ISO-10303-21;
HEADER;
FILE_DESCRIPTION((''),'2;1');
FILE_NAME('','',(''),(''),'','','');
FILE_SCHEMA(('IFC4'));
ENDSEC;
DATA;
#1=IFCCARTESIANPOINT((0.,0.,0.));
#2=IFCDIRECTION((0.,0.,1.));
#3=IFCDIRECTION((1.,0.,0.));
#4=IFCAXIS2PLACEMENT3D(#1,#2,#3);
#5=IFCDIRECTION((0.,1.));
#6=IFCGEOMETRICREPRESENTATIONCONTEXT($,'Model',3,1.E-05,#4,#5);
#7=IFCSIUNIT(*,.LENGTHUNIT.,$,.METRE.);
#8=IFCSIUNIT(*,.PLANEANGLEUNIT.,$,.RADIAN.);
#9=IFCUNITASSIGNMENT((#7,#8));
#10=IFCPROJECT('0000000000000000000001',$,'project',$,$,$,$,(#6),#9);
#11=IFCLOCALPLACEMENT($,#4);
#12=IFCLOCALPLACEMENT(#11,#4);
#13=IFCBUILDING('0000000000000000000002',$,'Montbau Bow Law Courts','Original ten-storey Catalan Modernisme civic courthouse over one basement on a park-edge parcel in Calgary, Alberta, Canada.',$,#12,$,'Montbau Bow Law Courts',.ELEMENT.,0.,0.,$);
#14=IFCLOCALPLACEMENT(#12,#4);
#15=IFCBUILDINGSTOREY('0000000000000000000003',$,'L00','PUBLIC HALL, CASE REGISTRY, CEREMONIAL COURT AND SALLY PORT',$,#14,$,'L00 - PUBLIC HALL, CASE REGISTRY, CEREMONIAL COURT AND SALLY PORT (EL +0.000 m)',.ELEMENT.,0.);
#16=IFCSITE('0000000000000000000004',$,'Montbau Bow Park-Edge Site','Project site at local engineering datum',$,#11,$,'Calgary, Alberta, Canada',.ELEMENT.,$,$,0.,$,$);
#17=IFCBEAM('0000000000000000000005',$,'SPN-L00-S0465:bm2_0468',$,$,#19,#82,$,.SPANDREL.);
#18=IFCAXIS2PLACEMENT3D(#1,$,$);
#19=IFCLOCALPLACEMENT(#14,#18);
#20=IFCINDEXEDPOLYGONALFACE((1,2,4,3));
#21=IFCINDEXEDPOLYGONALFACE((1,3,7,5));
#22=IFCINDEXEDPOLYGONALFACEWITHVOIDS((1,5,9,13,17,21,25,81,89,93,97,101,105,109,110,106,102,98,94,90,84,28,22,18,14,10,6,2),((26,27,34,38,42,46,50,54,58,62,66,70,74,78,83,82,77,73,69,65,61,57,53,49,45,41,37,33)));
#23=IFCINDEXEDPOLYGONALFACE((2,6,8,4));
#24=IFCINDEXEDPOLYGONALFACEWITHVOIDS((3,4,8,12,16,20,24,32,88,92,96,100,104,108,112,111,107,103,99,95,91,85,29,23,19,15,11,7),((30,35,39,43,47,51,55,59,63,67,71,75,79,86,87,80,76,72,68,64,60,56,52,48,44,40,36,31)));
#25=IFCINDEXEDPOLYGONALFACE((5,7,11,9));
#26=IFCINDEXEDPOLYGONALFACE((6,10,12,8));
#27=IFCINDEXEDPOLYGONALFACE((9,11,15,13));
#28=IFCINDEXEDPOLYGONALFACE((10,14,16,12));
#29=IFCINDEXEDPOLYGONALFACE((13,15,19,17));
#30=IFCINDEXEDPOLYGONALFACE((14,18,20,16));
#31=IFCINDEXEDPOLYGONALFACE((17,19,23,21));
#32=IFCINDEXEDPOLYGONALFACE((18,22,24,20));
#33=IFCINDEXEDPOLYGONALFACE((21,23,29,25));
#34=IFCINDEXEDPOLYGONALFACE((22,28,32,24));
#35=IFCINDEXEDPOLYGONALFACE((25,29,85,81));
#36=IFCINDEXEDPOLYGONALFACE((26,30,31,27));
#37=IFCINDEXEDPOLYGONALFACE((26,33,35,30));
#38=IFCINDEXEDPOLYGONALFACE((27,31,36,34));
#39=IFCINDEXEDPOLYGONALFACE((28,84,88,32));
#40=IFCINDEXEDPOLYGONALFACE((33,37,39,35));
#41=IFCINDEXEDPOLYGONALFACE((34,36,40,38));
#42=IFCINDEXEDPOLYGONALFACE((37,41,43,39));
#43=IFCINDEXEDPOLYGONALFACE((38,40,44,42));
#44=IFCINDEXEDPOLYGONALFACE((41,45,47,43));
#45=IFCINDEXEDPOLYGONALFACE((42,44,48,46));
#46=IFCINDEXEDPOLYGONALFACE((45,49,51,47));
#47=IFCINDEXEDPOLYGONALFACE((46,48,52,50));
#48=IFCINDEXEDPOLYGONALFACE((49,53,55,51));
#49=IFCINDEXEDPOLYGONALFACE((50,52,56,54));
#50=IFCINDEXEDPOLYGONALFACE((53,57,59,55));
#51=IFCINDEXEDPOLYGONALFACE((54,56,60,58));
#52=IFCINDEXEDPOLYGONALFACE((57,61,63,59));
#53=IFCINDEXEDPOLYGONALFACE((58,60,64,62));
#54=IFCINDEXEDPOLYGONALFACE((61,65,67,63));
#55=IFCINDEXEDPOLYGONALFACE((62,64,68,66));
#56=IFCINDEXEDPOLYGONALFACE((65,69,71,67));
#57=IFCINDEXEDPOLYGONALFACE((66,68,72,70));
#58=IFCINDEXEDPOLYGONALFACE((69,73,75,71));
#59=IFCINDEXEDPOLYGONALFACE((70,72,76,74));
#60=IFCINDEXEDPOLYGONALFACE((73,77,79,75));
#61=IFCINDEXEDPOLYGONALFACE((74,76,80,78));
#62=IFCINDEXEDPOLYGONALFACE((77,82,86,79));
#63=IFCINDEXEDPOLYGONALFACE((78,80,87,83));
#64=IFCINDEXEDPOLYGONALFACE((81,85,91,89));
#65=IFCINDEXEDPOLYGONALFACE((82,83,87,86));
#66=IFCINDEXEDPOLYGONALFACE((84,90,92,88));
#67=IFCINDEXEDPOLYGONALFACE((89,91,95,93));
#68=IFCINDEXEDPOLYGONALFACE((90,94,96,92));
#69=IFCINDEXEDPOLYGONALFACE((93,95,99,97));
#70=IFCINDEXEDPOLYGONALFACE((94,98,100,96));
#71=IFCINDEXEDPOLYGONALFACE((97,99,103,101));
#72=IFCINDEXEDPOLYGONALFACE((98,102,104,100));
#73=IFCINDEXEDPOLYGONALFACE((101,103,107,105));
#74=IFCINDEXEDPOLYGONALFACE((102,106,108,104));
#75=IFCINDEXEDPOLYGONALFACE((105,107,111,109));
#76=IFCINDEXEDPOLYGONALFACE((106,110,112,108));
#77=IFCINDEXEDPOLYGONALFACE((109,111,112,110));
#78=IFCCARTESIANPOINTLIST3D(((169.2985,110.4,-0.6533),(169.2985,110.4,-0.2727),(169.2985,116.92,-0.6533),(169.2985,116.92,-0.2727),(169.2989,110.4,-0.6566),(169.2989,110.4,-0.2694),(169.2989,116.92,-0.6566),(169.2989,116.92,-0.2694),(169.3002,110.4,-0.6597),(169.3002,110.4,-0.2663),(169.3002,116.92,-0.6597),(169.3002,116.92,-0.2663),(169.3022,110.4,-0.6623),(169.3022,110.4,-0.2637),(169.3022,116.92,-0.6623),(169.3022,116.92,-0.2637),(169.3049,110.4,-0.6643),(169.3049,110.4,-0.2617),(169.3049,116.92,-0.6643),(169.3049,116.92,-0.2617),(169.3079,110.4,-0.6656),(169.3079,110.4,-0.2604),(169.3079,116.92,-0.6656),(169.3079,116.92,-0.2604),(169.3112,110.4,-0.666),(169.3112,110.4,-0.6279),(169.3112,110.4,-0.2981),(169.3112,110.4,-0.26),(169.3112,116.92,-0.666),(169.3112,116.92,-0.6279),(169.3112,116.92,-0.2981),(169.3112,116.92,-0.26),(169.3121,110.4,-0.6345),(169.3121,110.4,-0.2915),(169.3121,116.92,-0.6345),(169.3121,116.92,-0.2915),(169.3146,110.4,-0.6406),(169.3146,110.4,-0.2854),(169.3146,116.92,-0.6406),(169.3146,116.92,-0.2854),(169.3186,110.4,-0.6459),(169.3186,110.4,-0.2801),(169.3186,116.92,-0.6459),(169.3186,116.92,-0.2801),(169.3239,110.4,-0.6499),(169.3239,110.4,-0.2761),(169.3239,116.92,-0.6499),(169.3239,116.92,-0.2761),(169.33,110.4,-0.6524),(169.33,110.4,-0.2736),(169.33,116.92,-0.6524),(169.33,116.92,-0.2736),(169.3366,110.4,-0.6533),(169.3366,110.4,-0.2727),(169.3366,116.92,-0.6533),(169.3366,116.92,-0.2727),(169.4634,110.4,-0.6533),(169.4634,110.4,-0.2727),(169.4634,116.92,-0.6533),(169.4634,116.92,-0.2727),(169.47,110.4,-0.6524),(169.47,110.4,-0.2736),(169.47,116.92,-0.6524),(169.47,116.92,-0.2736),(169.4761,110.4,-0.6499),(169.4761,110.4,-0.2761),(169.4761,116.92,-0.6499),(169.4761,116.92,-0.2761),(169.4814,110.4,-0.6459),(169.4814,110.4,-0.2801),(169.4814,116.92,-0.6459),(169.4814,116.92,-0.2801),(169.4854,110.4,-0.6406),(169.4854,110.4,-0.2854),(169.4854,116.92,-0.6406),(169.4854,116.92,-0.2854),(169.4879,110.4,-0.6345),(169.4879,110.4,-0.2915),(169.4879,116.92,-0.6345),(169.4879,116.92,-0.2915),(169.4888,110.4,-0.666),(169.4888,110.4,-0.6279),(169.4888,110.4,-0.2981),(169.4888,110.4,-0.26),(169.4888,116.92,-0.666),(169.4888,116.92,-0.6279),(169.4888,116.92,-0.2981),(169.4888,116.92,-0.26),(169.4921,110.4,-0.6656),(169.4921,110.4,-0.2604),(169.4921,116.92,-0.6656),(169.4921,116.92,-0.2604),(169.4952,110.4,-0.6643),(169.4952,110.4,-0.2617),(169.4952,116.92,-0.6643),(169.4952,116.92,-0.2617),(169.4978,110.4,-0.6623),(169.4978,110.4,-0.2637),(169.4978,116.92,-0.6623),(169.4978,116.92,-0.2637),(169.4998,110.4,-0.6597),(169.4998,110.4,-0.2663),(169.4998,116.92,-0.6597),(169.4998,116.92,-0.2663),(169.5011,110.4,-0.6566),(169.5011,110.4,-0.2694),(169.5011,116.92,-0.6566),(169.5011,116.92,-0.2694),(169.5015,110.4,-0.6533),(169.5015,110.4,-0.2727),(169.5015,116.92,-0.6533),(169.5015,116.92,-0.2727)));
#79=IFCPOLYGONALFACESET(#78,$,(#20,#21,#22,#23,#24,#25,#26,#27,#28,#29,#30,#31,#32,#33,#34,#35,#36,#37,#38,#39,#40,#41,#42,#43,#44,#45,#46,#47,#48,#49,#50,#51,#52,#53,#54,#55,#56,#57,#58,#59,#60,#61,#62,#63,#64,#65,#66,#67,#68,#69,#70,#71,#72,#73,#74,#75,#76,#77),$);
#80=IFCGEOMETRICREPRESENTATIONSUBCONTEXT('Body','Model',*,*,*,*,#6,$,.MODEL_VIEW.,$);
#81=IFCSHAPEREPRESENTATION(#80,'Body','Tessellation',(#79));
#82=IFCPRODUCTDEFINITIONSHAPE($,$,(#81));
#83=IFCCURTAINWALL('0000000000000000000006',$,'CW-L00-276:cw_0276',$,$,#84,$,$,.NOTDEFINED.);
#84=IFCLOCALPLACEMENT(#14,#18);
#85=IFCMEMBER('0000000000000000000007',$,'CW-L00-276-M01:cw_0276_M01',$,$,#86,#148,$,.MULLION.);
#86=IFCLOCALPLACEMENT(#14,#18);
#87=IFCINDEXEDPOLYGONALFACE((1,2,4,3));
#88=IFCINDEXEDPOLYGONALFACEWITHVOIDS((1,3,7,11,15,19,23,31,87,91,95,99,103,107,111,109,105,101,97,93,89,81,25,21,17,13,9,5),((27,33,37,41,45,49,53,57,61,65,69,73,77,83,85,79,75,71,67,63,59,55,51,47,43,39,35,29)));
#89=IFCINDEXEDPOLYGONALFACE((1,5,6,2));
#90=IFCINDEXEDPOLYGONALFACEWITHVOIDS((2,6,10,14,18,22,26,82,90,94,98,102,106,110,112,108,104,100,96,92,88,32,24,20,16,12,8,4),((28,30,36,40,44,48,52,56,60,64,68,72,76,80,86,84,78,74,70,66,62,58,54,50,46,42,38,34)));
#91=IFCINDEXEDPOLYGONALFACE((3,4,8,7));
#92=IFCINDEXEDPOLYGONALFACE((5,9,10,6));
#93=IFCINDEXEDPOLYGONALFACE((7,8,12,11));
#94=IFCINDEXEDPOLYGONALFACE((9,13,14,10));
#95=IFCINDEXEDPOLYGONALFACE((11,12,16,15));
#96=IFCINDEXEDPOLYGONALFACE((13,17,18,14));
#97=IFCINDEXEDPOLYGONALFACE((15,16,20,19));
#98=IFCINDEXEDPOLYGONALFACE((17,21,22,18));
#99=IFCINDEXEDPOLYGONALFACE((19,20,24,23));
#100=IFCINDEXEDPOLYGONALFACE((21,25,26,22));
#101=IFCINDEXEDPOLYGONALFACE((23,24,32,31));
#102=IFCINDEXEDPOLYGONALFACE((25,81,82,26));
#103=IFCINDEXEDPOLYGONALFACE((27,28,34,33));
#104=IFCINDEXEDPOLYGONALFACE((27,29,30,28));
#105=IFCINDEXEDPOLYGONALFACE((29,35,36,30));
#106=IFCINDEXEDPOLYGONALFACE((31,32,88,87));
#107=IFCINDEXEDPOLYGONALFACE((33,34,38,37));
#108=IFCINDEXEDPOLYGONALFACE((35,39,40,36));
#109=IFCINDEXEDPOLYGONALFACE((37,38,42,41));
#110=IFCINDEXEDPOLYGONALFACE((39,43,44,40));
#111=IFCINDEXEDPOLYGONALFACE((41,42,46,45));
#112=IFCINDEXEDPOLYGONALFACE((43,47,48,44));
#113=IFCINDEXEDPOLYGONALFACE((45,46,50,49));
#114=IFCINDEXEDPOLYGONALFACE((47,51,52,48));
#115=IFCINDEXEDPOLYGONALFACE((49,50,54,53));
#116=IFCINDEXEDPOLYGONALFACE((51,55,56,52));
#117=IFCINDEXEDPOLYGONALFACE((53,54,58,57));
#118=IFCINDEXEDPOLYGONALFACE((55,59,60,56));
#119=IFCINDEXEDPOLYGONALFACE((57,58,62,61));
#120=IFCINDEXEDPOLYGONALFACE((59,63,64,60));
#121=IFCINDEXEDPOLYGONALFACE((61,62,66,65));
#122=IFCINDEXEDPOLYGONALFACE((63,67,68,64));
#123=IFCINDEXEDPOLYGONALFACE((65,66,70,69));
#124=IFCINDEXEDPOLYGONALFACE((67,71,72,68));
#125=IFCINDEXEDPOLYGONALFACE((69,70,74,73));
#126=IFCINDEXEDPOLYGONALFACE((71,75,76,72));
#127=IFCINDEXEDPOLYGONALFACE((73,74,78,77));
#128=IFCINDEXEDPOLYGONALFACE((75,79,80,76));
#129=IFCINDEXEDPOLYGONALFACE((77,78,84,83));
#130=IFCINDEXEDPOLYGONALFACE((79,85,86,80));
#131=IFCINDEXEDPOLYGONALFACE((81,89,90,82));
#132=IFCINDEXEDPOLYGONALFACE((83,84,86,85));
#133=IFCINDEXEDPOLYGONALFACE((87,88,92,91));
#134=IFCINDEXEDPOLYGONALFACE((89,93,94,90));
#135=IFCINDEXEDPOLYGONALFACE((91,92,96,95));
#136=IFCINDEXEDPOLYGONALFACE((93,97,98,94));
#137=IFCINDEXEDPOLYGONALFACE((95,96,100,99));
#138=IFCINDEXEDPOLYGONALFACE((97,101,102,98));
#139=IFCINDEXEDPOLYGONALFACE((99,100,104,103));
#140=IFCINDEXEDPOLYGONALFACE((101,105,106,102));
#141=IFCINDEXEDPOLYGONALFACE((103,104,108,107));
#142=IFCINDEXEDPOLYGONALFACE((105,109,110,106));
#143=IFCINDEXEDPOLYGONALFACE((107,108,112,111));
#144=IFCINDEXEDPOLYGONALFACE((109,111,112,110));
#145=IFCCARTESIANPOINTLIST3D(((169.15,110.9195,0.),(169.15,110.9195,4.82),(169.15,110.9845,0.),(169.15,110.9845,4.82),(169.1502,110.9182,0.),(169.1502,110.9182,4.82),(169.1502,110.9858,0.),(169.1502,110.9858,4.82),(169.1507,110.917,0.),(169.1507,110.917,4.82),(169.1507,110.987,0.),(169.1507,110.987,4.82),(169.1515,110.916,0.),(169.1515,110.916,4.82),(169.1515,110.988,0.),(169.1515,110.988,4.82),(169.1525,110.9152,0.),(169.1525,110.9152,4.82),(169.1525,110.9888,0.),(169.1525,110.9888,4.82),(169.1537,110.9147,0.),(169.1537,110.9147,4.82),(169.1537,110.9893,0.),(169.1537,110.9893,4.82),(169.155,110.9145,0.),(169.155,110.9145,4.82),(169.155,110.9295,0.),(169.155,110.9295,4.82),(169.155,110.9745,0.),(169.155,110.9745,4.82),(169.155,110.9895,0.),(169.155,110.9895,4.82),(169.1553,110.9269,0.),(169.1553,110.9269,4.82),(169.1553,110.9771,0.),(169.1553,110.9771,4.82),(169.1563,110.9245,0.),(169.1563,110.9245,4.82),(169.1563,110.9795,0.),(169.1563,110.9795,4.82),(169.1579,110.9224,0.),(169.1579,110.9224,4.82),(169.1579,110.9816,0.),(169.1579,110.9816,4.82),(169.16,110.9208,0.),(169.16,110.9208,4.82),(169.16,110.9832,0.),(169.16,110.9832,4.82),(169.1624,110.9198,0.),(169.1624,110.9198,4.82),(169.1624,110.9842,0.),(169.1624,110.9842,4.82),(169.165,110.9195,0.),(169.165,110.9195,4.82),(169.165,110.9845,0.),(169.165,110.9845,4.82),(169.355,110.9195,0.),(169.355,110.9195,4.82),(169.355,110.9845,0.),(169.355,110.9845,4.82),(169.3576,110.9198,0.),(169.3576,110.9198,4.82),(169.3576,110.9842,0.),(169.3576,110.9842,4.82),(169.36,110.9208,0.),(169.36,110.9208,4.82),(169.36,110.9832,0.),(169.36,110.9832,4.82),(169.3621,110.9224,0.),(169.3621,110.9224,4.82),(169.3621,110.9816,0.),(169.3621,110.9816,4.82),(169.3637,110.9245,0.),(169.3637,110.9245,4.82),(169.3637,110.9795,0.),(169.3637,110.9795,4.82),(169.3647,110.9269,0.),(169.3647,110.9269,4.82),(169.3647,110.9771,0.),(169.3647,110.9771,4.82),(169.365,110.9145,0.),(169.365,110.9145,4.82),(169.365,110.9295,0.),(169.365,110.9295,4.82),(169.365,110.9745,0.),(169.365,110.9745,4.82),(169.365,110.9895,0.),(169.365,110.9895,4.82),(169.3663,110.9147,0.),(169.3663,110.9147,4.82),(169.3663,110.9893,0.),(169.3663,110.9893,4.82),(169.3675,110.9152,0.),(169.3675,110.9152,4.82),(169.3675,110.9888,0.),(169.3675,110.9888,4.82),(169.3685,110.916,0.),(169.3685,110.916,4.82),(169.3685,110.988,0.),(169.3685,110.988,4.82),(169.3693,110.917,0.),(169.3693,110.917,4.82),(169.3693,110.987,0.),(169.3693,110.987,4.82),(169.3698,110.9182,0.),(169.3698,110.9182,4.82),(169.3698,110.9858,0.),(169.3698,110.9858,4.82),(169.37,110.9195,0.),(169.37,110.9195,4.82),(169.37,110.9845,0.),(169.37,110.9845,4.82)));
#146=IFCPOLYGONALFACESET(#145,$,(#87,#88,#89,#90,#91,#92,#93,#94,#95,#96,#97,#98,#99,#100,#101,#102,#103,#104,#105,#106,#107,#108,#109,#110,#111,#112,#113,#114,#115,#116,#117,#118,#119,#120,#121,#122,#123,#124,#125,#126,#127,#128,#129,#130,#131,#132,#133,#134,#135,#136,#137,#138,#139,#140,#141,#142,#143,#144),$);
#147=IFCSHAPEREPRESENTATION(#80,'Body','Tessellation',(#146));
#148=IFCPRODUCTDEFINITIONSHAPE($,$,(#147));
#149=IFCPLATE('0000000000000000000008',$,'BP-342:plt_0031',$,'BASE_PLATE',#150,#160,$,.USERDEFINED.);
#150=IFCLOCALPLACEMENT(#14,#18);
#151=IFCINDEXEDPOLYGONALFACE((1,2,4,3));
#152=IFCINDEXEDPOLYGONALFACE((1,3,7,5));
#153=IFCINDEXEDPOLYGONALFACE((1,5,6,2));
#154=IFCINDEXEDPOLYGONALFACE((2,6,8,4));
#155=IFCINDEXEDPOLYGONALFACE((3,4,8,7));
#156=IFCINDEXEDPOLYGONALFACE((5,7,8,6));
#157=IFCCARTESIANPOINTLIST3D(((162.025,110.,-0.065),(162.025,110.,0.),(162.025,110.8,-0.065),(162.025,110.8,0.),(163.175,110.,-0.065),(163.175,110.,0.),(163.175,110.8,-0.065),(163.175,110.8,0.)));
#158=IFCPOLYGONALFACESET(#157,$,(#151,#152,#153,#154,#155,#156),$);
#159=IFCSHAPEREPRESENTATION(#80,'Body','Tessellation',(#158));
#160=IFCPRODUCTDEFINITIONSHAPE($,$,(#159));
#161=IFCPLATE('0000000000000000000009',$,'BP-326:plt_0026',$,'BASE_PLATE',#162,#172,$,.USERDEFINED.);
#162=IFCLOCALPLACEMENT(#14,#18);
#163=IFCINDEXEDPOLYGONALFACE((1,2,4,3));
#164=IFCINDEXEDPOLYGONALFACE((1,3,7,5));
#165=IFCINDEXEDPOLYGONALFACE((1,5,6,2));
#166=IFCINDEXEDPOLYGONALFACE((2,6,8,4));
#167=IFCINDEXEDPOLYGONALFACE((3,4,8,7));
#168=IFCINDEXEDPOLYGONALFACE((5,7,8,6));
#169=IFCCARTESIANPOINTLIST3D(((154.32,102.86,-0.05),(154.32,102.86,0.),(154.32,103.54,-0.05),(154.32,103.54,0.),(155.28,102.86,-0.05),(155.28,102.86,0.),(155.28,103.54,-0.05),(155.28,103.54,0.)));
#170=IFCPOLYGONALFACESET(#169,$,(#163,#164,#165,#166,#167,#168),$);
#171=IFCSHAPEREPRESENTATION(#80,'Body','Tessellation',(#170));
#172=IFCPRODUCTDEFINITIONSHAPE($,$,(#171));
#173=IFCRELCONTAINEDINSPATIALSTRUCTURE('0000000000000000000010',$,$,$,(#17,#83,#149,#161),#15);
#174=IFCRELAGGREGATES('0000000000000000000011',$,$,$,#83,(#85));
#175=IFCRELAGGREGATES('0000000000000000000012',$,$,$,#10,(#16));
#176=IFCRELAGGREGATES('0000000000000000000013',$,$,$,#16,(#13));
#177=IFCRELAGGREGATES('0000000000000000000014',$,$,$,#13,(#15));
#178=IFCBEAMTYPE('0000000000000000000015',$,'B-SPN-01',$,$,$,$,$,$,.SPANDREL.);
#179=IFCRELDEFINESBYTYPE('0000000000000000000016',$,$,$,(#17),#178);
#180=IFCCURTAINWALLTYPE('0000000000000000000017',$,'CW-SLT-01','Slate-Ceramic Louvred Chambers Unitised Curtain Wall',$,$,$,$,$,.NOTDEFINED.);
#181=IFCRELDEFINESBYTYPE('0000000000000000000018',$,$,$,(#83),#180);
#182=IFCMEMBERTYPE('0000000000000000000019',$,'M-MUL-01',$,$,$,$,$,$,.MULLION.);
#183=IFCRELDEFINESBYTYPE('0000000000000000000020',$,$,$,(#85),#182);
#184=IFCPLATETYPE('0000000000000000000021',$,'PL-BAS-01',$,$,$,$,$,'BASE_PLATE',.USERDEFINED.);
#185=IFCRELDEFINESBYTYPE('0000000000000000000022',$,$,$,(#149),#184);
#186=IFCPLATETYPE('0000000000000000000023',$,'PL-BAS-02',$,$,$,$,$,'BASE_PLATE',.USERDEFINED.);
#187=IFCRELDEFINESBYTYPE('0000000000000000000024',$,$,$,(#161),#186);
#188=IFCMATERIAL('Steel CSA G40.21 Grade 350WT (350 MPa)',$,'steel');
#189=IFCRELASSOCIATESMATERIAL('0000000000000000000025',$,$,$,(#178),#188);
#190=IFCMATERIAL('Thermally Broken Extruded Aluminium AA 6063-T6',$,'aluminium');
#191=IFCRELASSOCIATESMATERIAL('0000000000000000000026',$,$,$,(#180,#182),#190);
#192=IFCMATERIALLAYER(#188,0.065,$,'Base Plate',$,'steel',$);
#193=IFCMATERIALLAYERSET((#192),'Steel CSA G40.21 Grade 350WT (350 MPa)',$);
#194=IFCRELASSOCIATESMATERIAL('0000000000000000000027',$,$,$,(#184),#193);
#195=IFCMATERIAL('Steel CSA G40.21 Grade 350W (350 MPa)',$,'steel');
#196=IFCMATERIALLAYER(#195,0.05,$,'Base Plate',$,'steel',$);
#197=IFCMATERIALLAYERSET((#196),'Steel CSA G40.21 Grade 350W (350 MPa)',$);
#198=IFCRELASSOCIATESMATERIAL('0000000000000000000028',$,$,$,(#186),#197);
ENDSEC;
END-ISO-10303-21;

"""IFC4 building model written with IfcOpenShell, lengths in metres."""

from ifc_helpers import new_model, si_unit, direction, frame, origin_with_axes, origin_2d_with_axis, place, context, subcontext, project, spatial, rectangle, hollow_rectangle, extrude, material, layer, layer_set, material_profile, profile_set, type_object, element, aggregate, save


model = new_model("IFC4")

# Units and contexts
model_context = context("Model", 3, precision=1e-05, world=origin_with_axes(), true_north=direction((0.0, 1.0)))
body_context = subcontext(model_context, "Body", "Model", "MODEL_VIEW")
ifc_project = project(units=[si_unit("LENGTHUNIT", "METRE"), si_unit("PLANEANGLEUNIT", "RADIAN")], contexts=[model_context])

# Site, building, storey
site_placement = place(None, origin_with_axes())
site = spatial("IfcSite", under=ifc_project, at=site_placement, Name="Montbau Bow Park-Edge Site", Description="Project site at local engineering datum", LongName="Calgary, Alberta, Canada", CompositionType="ELEMENT", RefElevation=0.0)
building_placement = place(site_placement, origin_with_axes())
building = spatial("IfcBuilding", under=site, at=building_placement, Name="Montbau Bow Law Courts", Description="Original ten-storey Catalan Modernisme civic courthouse over one basement on a park-edge parcel in Calgary, Alberta, Canada.", LongName="Montbau Bow Law Courts", CompositionType="ELEMENT", ElevationOfRefHeight=0.0, ElevationOfTerrain=0.0)
storey_placement = place(building_placement, origin_with_axes())
storey = spatial("IfcBuildingStorey", under=building, at=storey_placement, Name="L00", Description="PUBLIC HALL, CASE REGISTRY, CEREMONIAL COURT AND SALLY PORT", LongName="L00 - PUBLIC HALL, CASE REGISTRY, CEREMONIAL COURT AND SALLY PORT (EL +0.000 m)", CompositionType="ELEMENT", Elevation=0.0)

# Shared definitions
ifc_material_1 = material(Name="Steel CSA G40.21 Grade 350W (350 MPa)", Category="steel")

# Beam
ifc_material_2 = material(Name="Steel CSA G40.21 Grade 350WT (350 MPa)", Category="steel")
ifc_material_profile_1 = material_profile(ifc_material_2, hollow_rectangle(XDim=0.203, YDim=0.406, WallThickness=0.0127, InnerFilletRadius=0.0254, OuterFilletRadius=0.0127, at=origin_2d_with_axis()), Name="HSS406X203X13", Category="Main", Priority=0)
ifc_profile_set_1 = profile_set([ifc_material_profile_1], Name="Steel CSA G40.21 Grade 350WT (350 MPa)")
beam_type_1 = type_object("IfcBeamType", Name="B-SPN-01", PredefinedType="SPANDREL", material=ifc_profile_set_1)
beam_1_placement = place(None, frame((169.4, 110.4, -0.463), z_axis=(0.0, 1.0, 0.0), x_axis=(-1.0, 0.0, 0.0)))
element("IfcBeam", 1, at=beam_1_placement, inside=storey, type_object=beam_type_1, Name="SPN-L00-S0465:bm2_0468", PredefinedType="SPANDREL", context=body_context, shape_type="SweptSolid", body=[
    extrude(hollow_rectangle(XDim=0.203, YDim=0.406, WallThickness=0.0127, InnerFilletRadius=0.0254, OuterFilletRadius=0.0127, at=origin_2d_with_axis()), origin_with_axes(), (0.0, 0.0, 1.0), 6.52),
])

# Curtain wall, member
ifc_material_3 = material(Name="Thermally Broken Extruded Aluminium AA 6063-T6", Category="aluminium")
curtain_wall_type = type_object("IfcCurtainWallType", Name="CW-SLT-01", Description="Slate-Ceramic Louvred Chambers Unitised Curtain Wall", PredefinedType="NOTDEFINED", material=ifc_material_3)
curtain_wall_placement = place(None, frame((169.26, 110.915, 0.0), z_axis=(0.0, 0.0, 1.0), x_axis=(1.0, 0.0, 0.0)))
curtain_wall = element("IfcCurtainWall", 2, at=curtain_wall_placement, inside=storey, type_object=curtain_wall_type, Name="CW-L00-276:cw_0276", PredefinedType="NOTDEFINED")
ifc_material_profile_2 = material_profile(ifc_material_3, hollow_rectangle(XDim=0.075, YDim=0.22, WallThickness=0.005, InnerFilletRadius=0.01, OuterFilletRadius=0.005, at=origin_2d_with_axis()), Name="CWM-220X75", Category="Main", Priority=0)
ifc_profile_set_2 = profile_set([ifc_material_profile_2], Name="Thermally Broken Extruded Aluminium AA 6063-T6")
member_type = type_object("IfcMemberType", Name="M-MUL-01", PredefinedType="MULLION", material=ifc_profile_set_2)
member_placement = place(None, frame((169.26, 110.952, 0.0), z_axis=(0.0, 0.0, 1.0), x_axis=(0.0, 1.0, 0.0)))
member = element("IfcMember", 3, at=member_placement, type_object=member_type, Name="CW-L00-276-M01:cw_0276_M01", PredefinedType="MULLION", context=body_context, shape_type="SweptSolid", body=[
    extrude(hollow_rectangle(XDim=0.075, YDim=0.22, WallThickness=0.005, InnerFilletRadius=0.01, OuterFilletRadius=0.005, at=origin_2d_with_axis()), origin_with_axes(), (0.0, 0.0, 1.0), 4.82),
])
aggregate(curtain_wall, [member])

# Plates
ifc_layer_1 = layer(ifc_material_2, 0.065, Name="Base Plate", Category="steel")
ifc_layer_set_1 = layer_set([ifc_layer_1], Name="Steel CSA G40.21 Grade 350WT (350 MPa)")
plate_type_1 = type_object("IfcPlateType", Name="PL-BAS-01", ElementType="BASE_PLATE", PredefinedType="USERDEFINED", material=ifc_layer_set_1)
plate_1_placement = place(None, frame((162.6, 110.4, -0.065), z_axis=(0.0, 0.0, 1.0), x_axis=(1.0, 0.0, 0.0)))
element("IfcPlate", 4, at=plate_1_placement, inside=storey, type_object=plate_type_1, Name="BP-342:plt_0031", ObjectType="BASE_PLATE", PredefinedType="USERDEFINED", context=body_context, shape_type="SweptSolid", body=[
    extrude(rectangle(XDim=1.15, YDim=0.8, at=origin_2d_with_axis()), origin_with_axes(), (0.0, 0.0, 1.0), 0.065),
])
ifc_layer_2 = layer(ifc_material_1, 0.05, Name="Base Plate", Category="steel")
ifc_layer_set_2 = layer_set([ifc_layer_2], Name="Steel CSA G40.21 Grade 350W (350 MPa)")
plate_type_2 = type_object("IfcPlateType", Name="PL-BAS-02", ElementType="BASE_PLATE", PredefinedType="USERDEFINED", material=ifc_layer_set_2)
plate_2_placement = place(None, frame((154.8, 103.2, -0.05), z_axis=(0.0, 0.0, 1.0), x_axis=(1.0, 0.0, 0.0)))
element("IfcPlate", 5, at=plate_2_placement, inside=storey, type_object=plate_type_2, Name="BP-326:plt_0026", ObjectType="BASE_PLATE", PredefinedType="USERDEFINED", context=body_context, shape_type="SweptSolid", body=[
    extrude(rectangle(XDim=0.96, YDim=0.68, at=origin_2d_with_axis()), origin_with_axes(), (0.0, 0.0, 1.0), 0.05),
])

save(model, "model.ifc")
